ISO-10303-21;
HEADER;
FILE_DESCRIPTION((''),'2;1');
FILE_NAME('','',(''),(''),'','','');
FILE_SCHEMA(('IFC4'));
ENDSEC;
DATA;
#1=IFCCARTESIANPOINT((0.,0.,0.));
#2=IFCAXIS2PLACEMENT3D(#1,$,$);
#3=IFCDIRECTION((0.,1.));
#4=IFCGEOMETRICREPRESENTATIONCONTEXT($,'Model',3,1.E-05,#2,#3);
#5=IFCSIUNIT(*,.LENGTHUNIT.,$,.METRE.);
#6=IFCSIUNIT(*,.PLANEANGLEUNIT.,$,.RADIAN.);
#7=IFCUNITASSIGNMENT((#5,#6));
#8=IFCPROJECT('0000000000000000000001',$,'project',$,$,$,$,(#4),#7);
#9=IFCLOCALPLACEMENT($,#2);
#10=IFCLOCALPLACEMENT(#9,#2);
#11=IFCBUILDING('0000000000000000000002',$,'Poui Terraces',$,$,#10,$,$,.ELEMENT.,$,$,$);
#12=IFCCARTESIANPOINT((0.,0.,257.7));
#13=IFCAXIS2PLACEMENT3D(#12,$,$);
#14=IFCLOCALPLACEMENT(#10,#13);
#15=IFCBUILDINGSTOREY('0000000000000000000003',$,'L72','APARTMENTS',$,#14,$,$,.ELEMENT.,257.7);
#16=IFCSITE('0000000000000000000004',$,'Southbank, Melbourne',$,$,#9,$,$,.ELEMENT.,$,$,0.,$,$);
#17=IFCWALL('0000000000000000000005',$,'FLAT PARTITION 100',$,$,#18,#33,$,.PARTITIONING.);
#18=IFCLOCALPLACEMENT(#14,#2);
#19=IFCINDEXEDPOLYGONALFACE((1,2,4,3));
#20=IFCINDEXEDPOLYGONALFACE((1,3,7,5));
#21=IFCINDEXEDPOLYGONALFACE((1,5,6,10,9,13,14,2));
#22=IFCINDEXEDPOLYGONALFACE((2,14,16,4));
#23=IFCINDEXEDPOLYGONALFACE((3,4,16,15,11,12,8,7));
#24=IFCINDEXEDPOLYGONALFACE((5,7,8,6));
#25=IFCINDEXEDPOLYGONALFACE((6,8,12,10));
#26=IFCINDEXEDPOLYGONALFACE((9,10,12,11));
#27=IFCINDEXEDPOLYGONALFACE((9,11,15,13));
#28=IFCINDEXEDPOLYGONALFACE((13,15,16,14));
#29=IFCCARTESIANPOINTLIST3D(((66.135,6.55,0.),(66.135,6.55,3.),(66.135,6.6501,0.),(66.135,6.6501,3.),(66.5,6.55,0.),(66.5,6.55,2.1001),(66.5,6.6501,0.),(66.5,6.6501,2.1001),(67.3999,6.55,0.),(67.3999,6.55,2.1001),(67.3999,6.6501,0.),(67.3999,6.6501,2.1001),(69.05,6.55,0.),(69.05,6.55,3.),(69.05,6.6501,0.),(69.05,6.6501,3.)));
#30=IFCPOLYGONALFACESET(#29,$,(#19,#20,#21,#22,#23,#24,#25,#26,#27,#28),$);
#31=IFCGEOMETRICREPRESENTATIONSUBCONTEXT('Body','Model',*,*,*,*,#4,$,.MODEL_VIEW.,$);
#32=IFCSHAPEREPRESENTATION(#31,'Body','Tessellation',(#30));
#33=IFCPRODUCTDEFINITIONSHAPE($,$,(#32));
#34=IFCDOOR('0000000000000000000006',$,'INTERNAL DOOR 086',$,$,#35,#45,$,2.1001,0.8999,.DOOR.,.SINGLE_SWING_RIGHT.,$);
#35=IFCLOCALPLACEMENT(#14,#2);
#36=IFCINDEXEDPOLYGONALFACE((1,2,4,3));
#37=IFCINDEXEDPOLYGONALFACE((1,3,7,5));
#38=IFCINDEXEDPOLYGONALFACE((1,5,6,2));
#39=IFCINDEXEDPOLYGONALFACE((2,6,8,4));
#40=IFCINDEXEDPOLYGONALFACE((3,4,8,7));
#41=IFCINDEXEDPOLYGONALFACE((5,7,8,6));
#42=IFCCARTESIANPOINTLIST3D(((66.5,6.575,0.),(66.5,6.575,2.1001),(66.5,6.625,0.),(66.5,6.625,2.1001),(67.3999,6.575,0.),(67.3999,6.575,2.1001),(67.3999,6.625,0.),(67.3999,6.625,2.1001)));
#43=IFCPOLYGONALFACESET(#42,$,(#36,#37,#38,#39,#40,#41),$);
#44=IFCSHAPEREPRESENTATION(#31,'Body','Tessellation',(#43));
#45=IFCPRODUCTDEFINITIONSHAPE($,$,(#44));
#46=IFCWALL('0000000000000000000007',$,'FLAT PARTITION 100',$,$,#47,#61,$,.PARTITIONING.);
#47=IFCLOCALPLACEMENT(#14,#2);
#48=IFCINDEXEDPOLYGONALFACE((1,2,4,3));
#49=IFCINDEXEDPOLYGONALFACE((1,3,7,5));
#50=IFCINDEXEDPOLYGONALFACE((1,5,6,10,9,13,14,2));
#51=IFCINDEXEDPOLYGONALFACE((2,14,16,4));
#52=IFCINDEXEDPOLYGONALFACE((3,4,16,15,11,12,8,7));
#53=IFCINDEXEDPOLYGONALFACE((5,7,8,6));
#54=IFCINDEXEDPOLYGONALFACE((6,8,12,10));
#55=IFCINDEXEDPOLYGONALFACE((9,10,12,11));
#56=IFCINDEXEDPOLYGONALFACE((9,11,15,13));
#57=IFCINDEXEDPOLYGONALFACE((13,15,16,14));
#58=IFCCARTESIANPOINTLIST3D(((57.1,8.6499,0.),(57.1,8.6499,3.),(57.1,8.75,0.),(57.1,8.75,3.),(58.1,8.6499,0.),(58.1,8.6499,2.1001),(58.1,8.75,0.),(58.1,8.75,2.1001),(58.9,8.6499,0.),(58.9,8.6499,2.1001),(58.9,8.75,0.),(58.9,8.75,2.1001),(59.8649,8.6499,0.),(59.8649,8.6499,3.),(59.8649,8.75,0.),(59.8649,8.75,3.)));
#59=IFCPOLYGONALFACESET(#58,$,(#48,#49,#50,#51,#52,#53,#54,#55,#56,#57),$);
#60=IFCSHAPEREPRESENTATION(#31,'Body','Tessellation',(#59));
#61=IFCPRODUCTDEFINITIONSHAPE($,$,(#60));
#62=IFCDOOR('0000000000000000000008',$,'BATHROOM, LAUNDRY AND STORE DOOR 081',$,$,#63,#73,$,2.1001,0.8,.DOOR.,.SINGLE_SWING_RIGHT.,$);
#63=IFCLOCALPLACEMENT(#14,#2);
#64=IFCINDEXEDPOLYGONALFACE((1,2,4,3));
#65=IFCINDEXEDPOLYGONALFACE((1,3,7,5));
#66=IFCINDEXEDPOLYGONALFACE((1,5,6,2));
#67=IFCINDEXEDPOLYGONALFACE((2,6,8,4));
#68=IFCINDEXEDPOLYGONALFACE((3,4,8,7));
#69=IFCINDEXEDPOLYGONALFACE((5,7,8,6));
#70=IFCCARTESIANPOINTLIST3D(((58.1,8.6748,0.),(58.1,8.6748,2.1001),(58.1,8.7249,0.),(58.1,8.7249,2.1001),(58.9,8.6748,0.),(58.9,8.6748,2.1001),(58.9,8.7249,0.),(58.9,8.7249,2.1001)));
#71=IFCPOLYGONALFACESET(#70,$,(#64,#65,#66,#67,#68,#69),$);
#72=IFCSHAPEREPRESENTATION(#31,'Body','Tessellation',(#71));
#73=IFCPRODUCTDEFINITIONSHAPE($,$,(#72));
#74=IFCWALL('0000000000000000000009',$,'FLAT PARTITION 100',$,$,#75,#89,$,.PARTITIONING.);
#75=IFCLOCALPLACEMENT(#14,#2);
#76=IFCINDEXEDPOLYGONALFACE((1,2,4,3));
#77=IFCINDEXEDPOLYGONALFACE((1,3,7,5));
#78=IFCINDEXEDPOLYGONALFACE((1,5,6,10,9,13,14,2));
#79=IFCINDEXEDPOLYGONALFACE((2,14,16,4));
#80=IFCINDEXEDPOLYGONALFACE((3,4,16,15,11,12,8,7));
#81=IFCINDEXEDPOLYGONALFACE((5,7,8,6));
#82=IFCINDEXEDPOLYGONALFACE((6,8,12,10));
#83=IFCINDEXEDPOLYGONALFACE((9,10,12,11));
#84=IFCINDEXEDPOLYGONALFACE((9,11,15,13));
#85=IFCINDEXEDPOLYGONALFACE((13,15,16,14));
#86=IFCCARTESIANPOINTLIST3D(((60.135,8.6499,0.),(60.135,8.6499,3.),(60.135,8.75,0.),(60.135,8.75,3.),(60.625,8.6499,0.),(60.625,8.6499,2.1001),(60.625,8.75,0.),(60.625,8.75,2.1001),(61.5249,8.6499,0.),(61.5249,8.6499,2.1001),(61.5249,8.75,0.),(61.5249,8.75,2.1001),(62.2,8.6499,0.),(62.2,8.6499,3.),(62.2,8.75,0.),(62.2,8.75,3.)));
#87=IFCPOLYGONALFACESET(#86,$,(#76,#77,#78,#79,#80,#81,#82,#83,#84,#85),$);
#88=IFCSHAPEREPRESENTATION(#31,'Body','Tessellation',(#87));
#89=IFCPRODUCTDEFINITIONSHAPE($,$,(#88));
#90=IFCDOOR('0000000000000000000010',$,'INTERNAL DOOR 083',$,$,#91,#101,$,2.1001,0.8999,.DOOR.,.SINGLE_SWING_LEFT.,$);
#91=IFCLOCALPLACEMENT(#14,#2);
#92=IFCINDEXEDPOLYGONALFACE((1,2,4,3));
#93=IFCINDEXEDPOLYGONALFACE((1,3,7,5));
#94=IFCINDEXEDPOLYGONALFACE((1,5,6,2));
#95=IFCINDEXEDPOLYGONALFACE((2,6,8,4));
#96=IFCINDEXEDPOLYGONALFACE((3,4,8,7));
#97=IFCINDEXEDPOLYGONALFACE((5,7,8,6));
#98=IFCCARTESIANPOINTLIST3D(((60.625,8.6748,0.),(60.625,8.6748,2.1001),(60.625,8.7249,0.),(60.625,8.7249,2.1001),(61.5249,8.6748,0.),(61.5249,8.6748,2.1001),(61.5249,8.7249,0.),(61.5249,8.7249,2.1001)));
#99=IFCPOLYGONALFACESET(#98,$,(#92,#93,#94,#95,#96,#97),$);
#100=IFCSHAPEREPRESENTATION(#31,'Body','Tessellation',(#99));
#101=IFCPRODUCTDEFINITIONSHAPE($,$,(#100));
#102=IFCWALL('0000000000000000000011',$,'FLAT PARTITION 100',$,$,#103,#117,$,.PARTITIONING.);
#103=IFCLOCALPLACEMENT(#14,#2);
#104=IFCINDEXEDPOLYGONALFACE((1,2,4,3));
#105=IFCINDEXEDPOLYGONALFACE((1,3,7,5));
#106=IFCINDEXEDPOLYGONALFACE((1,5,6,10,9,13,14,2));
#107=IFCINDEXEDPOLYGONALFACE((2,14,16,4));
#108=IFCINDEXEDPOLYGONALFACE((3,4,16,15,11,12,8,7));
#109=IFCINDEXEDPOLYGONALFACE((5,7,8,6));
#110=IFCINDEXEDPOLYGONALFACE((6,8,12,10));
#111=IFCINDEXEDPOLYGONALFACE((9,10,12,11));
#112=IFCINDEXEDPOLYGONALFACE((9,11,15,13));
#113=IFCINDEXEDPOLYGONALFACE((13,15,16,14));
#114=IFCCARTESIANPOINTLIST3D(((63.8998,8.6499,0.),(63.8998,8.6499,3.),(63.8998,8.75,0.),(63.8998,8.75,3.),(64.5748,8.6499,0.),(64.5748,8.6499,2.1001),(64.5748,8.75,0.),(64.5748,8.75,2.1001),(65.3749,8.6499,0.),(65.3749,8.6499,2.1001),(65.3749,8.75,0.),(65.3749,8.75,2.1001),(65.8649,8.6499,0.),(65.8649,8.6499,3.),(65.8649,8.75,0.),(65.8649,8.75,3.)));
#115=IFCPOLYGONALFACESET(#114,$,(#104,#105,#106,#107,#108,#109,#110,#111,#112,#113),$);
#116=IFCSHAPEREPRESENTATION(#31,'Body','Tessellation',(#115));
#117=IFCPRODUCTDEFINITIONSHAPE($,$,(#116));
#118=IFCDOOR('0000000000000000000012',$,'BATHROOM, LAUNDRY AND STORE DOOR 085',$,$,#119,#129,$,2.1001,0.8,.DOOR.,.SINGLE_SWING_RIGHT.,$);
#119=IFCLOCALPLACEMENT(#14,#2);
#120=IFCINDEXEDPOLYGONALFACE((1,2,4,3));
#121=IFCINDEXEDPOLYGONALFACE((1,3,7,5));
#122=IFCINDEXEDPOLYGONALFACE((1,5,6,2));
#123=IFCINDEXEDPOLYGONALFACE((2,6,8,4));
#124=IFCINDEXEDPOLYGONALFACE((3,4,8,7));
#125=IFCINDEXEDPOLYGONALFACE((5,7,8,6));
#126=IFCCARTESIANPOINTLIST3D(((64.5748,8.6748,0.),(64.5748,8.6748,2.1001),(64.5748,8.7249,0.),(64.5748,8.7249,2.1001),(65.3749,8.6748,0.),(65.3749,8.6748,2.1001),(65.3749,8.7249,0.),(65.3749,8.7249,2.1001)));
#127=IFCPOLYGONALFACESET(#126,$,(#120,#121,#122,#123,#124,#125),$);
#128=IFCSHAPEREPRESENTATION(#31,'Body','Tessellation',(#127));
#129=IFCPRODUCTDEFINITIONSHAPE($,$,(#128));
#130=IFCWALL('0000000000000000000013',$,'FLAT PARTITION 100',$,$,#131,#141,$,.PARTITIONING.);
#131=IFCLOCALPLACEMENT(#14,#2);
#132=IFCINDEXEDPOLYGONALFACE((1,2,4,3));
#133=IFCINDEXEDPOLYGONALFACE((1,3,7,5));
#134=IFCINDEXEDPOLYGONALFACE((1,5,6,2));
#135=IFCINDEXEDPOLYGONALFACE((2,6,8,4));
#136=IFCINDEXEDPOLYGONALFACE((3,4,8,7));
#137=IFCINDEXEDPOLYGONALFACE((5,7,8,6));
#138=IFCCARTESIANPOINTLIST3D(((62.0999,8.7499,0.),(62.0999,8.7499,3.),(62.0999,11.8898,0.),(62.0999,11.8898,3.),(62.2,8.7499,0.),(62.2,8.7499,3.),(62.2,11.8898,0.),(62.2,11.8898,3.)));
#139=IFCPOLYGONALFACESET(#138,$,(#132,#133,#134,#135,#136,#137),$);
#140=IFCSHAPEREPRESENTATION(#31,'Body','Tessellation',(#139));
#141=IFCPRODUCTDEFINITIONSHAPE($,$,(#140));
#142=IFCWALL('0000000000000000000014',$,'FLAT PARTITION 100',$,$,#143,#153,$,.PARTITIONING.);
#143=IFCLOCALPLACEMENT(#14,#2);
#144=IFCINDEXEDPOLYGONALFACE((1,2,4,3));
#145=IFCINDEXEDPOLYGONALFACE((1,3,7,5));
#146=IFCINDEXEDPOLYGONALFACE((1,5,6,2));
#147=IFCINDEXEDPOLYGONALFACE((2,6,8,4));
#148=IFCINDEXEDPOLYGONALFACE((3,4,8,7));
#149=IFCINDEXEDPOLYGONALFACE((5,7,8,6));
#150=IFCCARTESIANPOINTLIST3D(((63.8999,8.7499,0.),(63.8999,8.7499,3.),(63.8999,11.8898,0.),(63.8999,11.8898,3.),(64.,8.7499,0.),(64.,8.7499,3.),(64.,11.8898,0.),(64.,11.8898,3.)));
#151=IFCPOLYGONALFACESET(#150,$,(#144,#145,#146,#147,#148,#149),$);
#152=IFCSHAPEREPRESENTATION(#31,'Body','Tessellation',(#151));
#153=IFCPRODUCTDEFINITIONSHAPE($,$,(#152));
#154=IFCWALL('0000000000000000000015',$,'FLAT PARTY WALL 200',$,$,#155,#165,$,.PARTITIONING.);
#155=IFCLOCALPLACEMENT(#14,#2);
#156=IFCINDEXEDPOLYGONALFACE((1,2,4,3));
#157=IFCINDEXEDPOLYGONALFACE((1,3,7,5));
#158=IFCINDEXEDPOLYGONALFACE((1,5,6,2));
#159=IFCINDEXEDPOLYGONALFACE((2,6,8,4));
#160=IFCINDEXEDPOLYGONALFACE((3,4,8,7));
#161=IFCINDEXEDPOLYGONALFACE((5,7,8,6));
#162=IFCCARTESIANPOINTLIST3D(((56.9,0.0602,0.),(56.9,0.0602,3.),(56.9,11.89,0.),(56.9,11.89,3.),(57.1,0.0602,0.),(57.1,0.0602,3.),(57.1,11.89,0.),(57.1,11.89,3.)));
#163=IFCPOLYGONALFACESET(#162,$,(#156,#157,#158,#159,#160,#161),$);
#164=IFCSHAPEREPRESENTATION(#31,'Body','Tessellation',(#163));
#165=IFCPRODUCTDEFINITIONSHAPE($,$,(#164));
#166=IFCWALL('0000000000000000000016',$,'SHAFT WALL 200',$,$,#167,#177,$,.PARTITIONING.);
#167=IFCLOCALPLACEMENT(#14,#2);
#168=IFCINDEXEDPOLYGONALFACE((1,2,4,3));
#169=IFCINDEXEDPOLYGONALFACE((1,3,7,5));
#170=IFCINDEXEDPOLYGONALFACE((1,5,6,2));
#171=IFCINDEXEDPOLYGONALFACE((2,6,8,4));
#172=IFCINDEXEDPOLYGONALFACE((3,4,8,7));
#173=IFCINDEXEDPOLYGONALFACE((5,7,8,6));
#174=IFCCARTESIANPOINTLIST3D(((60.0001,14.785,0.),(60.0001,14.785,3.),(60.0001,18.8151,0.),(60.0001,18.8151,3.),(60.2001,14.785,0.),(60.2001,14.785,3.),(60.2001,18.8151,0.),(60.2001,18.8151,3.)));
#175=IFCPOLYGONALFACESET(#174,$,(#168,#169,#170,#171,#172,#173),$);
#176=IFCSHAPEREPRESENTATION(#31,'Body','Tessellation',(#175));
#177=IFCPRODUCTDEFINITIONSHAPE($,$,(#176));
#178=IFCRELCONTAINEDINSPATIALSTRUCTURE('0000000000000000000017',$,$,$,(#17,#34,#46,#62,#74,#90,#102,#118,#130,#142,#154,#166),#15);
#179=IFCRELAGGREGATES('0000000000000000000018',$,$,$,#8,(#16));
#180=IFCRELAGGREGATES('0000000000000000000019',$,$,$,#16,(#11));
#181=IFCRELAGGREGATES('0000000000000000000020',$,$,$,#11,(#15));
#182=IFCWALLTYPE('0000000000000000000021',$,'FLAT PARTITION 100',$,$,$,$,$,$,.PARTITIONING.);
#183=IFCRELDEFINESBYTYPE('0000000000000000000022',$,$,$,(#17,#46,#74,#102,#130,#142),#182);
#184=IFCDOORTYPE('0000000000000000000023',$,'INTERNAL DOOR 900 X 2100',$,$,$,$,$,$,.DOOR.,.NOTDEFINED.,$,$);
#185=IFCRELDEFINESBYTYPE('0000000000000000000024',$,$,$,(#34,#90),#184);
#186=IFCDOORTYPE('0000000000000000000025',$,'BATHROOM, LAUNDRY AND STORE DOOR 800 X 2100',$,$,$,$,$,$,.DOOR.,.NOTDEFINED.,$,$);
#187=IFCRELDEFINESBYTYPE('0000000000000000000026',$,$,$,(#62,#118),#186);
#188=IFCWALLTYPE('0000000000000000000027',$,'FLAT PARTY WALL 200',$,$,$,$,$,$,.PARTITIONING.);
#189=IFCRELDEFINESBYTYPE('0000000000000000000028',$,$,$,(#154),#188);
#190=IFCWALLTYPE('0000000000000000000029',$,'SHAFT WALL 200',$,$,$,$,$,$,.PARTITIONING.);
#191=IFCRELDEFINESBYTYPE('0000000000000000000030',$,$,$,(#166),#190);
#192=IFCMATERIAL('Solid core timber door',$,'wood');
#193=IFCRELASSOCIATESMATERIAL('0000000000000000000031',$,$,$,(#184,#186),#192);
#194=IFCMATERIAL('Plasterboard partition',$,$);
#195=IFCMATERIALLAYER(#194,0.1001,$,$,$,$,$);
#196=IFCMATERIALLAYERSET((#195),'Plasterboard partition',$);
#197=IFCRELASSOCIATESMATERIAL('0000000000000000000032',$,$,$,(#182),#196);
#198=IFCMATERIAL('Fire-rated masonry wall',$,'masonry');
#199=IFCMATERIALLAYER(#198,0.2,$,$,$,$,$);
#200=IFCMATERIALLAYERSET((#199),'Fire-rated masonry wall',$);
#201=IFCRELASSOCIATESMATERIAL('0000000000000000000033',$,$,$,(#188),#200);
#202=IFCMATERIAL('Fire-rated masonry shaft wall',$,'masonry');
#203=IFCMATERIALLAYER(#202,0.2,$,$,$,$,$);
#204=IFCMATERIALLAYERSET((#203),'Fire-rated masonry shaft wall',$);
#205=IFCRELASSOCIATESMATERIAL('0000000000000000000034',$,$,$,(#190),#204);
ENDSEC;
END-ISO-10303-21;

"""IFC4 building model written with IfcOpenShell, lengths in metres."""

from ifc_helpers import new_model, si_unit, direction, frame, frame_2d, origin, place, context, subcontext, project, spatial, rectangle, extrude, material, layer, layer_set, type_object, element, fill, save


model = new_model("IFC4")

# Units and contexts
model_context = context("Model", 3, precision=1e-05, world=origin(), true_north=direction((0.0, 1.0)))
body_context = subcontext(model_context, "Body", "Model", "MODEL_VIEW")
ifc_project = project(units=[si_unit("LENGTHUNIT", "METRE"), si_unit("PLANEANGLEUNIT", "RADIAN")], contexts=[model_context])

# Site, building, storey
site_placement = place(None, origin())
site = spatial("IfcSite", under=ifc_project, at=site_placement, Name="Southbank, Melbourne", CompositionType="ELEMENT", RefElevation=0.0)
building_placement = place(site_placement, origin())
building = spatial("IfcBuilding", under=site, at=building_placement, Name="Poui Terraces", CompositionType="ELEMENT")
storey_placement = place(building_placement, frame((0.0, 0.0, 257.7)))
storey = spatial("IfcBuildingStorey", under=building, at=storey_placement, Name="L72", Description="APARTMENTS", CompositionType="ELEMENT", Elevation=257.7)

# Shared definitions
ifc_material_1 = material(Name="Solid core timber door", Category="wood")
door_type_1 = type_object("IfcDoorType", Name="INTERNAL DOOR 900 X 2100", OperationType="NOTDEFINED", PredefinedType="DOOR", material=ifc_material_1)

# Walls, openings, doors
ifc_material_2 = material(Name="Plasterboard partition")
ifc_layer_1 = layer(ifc_material_2, 0.1001)
ifc_layer_set_1 = layer_set([ifc_layer_1], Name="Plasterboard partition")
wall_type_1 = type_object("IfcWallType", Name="FLAT PARTITION 100", PredefinedType="PARTITIONING", material=ifc_layer_set_1)
wall_1_placement = place(storey_placement, frame((66.135, 6.6001, 0.0), z_axis=(0.0, 0.0, 1.0), x_axis=(1.0, 0.0, 0.0)))
wall_1 = element("IfcWall", 1, at=wall_1_placement, inside=storey, type_object=wall_type_1, Name="FLAT PARTITION 100", PredefinedType="PARTITIONING", context=body_context, shape_type="SweptSolid", body=[
    extrude(rectangle(XDim=2.915, YDim=0.1001, at=frame_2d((1.4575, 0.0))), origin(), (0.0, 0.0, 1.0), 3.0),
])
opening_1_placement = place(wall_1_placement, frame((0.365, 0.0, 0.0)))
opening_1 = element("IfcOpeningElement", 2, at=opening_1_placement, cuts=wall_1, PredefinedType="OPENING", context=body_context, shape_type="SweptSolid", body=[
    extrude(rectangle(XDim=0.8999, YDim=2.1001, at=frame_2d((0.45, 1.05))), frame((0.0, 0.0601, 0.0), z_axis=(0.0, -1.0, 0.0), x_axis=(1.0, 0.0, 0.0)), (0.0, 0.0, 1.0), 0.1201),
])
door_1_placement = place(opening_1_placement, origin())
door_1 = element("IfcDoor", 3, at=door_1_placement, inside=storey, type_object=door_type_1, Name="INTERNAL DOOR 086", OperationType="SINGLE_SWING_RIGHT", OverallHeight=2.1001, OverallWidth=0.8999, PredefinedType="DOOR", context=body_context, shape_type="SweptSolid", body=[
    extrude(rectangle(XDim=0.8999, YDim=2.1001, at=frame_2d((0.45, 1.05))), frame((0.0, 0.0249, 0.0), z_axis=(0.0, -1.0, 0.0), x_axis=(1.0, 0.0, 0.0)), (0.0, 0.0, 1.0), 0.05),
])
fill(opening_1, door_1)
wall_2_placement = place(storey_placement, frame((57.1001, 8.7, 0.0), z_axis=(0.0, 0.0, 1.0), x_axis=(1.0, 0.0, 0.0)))
wall_2 = element("IfcWall", 4, at=wall_2_placement, inside=storey, type_object=wall_type_1, Name="FLAT PARTITION 100", PredefinedType="PARTITIONING", context=body_context, shape_type="SweptSolid", body=[
    extrude(rectangle(XDim=2.7649, YDim=0.1001, at=frame_2d((1.3823, 0.0))), origin(), (0.0, 0.0, 1.0), 3.0),
])
opening_2_placement = place(wall_2_placement, frame((1.0, 0.0, 0.0)))
opening_2 = element("IfcOpeningElement", 5, at=opening_2_placement, cuts=wall_2, PredefinedType="OPENING", context=body_context, shape_type="SweptSolid", body=[
    extrude(rectangle(XDim=0.8, YDim=2.1001, at=frame_2d((0.3999, 1.05))), frame((0.0, 0.0601, 0.0), z_axis=(0.0, -1.0, 0.0), x_axis=(1.0, 0.0, 0.0)), (0.0, 0.0, 1.0), 0.1201),
])
door_type_2 = type_object("IfcDoorType", Name="BATHROOM, LAUNDRY AND STORE DOOR 800 X 2100", OperationType="NOTDEFINED", PredefinedType="DOOR", material=ifc_material_1)
door_2_placement = place(opening_2_placement, origin())
door_2 = element("IfcDoor", 6, at=door_2_placement, inside=storey, type_object=door_type_2, Name="BATHROOM, LAUNDRY AND STORE DOOR 081", OperationType="SINGLE_SWING_RIGHT", OverallHeight=2.1001, OverallWidth=0.8, PredefinedType="DOOR", context=body_context, shape_type="SweptSolid", body=[
    extrude(rectangle(XDim=0.8, YDim=2.1001, at=frame_2d((0.3999, 1.05))), frame((0.0, 0.0249, 0.0), z_axis=(0.0, -1.0, 0.0), x_axis=(1.0, 0.0, 0.0)), (0.0, 0.0, 1.0), 0.05),
])
fill(opening_2, door_2)
wall_3_placement = place(storey_placement, frame((60.135, 8.7, 0.0), z_axis=(0.0, 0.0, 1.0), x_axis=(1.0, 0.0, 0.0)))
wall_3 = element("IfcWall", 7, at=wall_3_placement, inside=storey, type_object=wall_type_1, Name="FLAT PARTITION 100", PredefinedType="PARTITIONING", context=body_context, shape_type="SweptSolid", body=[
    extrude(rectangle(XDim=2.0649, YDim=0.1001, at=frame_2d((1.0325, 0.0))), origin(), (0.0, 0.0, 1.0), 3.0),
])
opening_3_placement = place(wall_3_placement, frame((0.49, 0.0, 0.0)))
opening_3 = element("IfcOpeningElement", 8, at=opening_3_placement, cuts=wall_3, PredefinedType="OPENING", context=body_context, shape_type="SweptSolid", body=[
    extrude(rectangle(XDim=0.8999, YDim=2.1001, at=frame_2d((0.45, 1.05))), frame((0.0, 0.0601, 0.0), z_axis=(0.0, -1.0, 0.0), x_axis=(1.0, 0.0, 0.0)), (0.0, 0.0, 1.0), 0.1201),
])
door_3_placement = place(opening_3_placement, origin())
door_3 = element("IfcDoor", 9, at=door_3_placement, inside=storey, type_object=door_type_1, Name="INTERNAL DOOR 083", OperationType="SINGLE_SWING_LEFT", OverallHeight=2.1001, OverallWidth=0.8999, PredefinedType="DOOR", context=body_context, shape_type="SweptSolid", body=[
    extrude(rectangle(XDim=0.8999, YDim=2.1001, at=frame_2d((0.45, 1.05))), frame((0.0, 0.0249, 0.0), z_axis=(0.0, -1.0, 0.0), x_axis=(1.0, 0.0, 0.0)), (0.0, 0.0, 1.0), 0.05),
])
fill(opening_3, door_3)
wall_4_placement = place(storey_placement, frame((63.8999, 8.7, 0.0), z_axis=(0.0, 0.0, 1.0), x_axis=(1.0, 0.0, 0.0)))
wall_4 = element("IfcWall", 10, at=wall_4_placement, inside=storey, type_object=wall_type_1, Name="FLAT PARTITION 100", PredefinedType="PARTITIONING", context=body_context, shape_type="SweptSolid", body=[
    extrude(rectangle(XDim=1.9651, YDim=0.1001, at=frame_2d((0.9824, 0.0))), origin(), (0.0, 0.0, 1.0), 3.0),
])
opening_4_placement = place(wall_4_placement, frame((0.675, 0.0, 0.0)))
opening_4 = element("IfcOpeningElement", 11, at=opening_4_placement, cuts=wall_4, PredefinedType="OPENING", context=body_context, shape_type="SweptSolid", body=[
    extrude(rectangle(XDim=0.8, YDim=2.1001, at=frame_2d((0.3999, 1.05))), frame((0.0, 0.0601, 0.0), z_axis=(0.0, -1.0, 0.0), x_axis=(1.0, 0.0, 0.0)), (0.0, 0.0, 1.0), 0.1201),
])
door_4_placement = place(opening_4_placement, origin())
door_4 = element("IfcDoor", 12, at=door_4_placement, inside=storey, type_object=door_type_2, Name="BATHROOM, LAUNDRY AND STORE DOOR 085", OperationType="SINGLE_SWING_RIGHT", OverallHeight=2.1001, OverallWidth=0.8, PredefinedType="DOOR", context=body_context, shape_type="SweptSolid", body=[
    extrude(rectangle(XDim=0.8, YDim=2.1001, at=frame_2d((0.3999, 1.05))), frame((0.0, 0.0249, 0.0), z_axis=(0.0, -1.0, 0.0), x_axis=(1.0, 0.0, 0.0)), (0.0, 0.0, 1.0), 0.05),
])
fill(opening_4, door_4)

# Walls
for number, where, z_axis, x_axis, name in (
    (13, (62.1499, 8.75, 0.0), (0.0, 0.0, 1.0), (0.0, 1.0, 0.0), "FLAT PARTITION 100"),
    (14, (63.95, 8.75, 0.0), (0.0, 0.0, 1.0), (0.0, 1.0, 0.0), "FLAT PARTITION 100"),
):
    element("IfcWall", number, at=place(storey_placement, frame(where, z_axis=z_axis, x_axis=x_axis)), inside=storey, type_object=wall_type_1, Name=name, PredefinedType="PARTITIONING", context=body_context, shape_type="SweptSolid", body=[
        extrude(rectangle(XDim=3.1399, YDim=0.1001, at=frame_2d((1.5698, 0.0))), origin(), (0.0, 0.0, 1.0), 3.0),
    ])
ifc_material_3 = material(Name="Fire-rated masonry wall", Category="masonry")
ifc_layer_2 = layer(ifc_material_3, 0.2)
ifc_layer_set_2 = layer_set([ifc_layer_2], Name="Fire-rated masonry wall")
wall_type_2 = type_object("IfcWallType", Name="FLAT PARTY WALL 200", PredefinedType="PARTITIONING", material=ifc_layer_set_2)
wall_5_placement = place(storey_placement, frame((57.0, 0.0601, 0.0), z_axis=(0.0, 0.0, 1.0), x_axis=(0.0, 1.0, 0.0)))
element("IfcWall", 15, at=wall_5_placement, inside=storey, type_object=wall_type_2, Name="FLAT PARTY WALL 200", PredefinedType="PARTITIONING", context=body_context, shape_type="SweptSolid", body=[
    extrude(rectangle(XDim=11.8298, YDim=0.2, at=frame_2d((5.915, 0.0))), origin(), (0.0, 0.0, 1.0), 3.0),
])
ifc_material_4 = material(Name="Fire-rated masonry shaft wall", Category="masonry")
ifc_layer_3 = layer(ifc_material_4, 0.2)
ifc_layer_set_3 = layer_set([ifc_layer_3], Name="Fire-rated masonry shaft wall")
wall_type_3 = type_object("IfcWallType", Name="SHAFT WALL 200", PredefinedType="PARTITIONING", material=ifc_layer_set_3)
wall_6_placement = place(storey_placement, frame((60.1001, 14.7849, 0.0), z_axis=(0.0, 0.0, 1.0), x_axis=(0.0, 1.0, 0.0)))
element("IfcWall", 16, at=wall_6_placement, inside=storey, type_object=wall_type_3, Name="SHAFT WALL 200", PredefinedType="PARTITIONING", context=body_context, shape_type="SweptSolid", body=[
    extrude(rectangle(XDim=4.03, YDim=0.2, at=frame_2d((2.0151, 0.0))), origin(), (0.0, 0.0, 1.0), 3.0),
])

save(model, "model.ifc")
